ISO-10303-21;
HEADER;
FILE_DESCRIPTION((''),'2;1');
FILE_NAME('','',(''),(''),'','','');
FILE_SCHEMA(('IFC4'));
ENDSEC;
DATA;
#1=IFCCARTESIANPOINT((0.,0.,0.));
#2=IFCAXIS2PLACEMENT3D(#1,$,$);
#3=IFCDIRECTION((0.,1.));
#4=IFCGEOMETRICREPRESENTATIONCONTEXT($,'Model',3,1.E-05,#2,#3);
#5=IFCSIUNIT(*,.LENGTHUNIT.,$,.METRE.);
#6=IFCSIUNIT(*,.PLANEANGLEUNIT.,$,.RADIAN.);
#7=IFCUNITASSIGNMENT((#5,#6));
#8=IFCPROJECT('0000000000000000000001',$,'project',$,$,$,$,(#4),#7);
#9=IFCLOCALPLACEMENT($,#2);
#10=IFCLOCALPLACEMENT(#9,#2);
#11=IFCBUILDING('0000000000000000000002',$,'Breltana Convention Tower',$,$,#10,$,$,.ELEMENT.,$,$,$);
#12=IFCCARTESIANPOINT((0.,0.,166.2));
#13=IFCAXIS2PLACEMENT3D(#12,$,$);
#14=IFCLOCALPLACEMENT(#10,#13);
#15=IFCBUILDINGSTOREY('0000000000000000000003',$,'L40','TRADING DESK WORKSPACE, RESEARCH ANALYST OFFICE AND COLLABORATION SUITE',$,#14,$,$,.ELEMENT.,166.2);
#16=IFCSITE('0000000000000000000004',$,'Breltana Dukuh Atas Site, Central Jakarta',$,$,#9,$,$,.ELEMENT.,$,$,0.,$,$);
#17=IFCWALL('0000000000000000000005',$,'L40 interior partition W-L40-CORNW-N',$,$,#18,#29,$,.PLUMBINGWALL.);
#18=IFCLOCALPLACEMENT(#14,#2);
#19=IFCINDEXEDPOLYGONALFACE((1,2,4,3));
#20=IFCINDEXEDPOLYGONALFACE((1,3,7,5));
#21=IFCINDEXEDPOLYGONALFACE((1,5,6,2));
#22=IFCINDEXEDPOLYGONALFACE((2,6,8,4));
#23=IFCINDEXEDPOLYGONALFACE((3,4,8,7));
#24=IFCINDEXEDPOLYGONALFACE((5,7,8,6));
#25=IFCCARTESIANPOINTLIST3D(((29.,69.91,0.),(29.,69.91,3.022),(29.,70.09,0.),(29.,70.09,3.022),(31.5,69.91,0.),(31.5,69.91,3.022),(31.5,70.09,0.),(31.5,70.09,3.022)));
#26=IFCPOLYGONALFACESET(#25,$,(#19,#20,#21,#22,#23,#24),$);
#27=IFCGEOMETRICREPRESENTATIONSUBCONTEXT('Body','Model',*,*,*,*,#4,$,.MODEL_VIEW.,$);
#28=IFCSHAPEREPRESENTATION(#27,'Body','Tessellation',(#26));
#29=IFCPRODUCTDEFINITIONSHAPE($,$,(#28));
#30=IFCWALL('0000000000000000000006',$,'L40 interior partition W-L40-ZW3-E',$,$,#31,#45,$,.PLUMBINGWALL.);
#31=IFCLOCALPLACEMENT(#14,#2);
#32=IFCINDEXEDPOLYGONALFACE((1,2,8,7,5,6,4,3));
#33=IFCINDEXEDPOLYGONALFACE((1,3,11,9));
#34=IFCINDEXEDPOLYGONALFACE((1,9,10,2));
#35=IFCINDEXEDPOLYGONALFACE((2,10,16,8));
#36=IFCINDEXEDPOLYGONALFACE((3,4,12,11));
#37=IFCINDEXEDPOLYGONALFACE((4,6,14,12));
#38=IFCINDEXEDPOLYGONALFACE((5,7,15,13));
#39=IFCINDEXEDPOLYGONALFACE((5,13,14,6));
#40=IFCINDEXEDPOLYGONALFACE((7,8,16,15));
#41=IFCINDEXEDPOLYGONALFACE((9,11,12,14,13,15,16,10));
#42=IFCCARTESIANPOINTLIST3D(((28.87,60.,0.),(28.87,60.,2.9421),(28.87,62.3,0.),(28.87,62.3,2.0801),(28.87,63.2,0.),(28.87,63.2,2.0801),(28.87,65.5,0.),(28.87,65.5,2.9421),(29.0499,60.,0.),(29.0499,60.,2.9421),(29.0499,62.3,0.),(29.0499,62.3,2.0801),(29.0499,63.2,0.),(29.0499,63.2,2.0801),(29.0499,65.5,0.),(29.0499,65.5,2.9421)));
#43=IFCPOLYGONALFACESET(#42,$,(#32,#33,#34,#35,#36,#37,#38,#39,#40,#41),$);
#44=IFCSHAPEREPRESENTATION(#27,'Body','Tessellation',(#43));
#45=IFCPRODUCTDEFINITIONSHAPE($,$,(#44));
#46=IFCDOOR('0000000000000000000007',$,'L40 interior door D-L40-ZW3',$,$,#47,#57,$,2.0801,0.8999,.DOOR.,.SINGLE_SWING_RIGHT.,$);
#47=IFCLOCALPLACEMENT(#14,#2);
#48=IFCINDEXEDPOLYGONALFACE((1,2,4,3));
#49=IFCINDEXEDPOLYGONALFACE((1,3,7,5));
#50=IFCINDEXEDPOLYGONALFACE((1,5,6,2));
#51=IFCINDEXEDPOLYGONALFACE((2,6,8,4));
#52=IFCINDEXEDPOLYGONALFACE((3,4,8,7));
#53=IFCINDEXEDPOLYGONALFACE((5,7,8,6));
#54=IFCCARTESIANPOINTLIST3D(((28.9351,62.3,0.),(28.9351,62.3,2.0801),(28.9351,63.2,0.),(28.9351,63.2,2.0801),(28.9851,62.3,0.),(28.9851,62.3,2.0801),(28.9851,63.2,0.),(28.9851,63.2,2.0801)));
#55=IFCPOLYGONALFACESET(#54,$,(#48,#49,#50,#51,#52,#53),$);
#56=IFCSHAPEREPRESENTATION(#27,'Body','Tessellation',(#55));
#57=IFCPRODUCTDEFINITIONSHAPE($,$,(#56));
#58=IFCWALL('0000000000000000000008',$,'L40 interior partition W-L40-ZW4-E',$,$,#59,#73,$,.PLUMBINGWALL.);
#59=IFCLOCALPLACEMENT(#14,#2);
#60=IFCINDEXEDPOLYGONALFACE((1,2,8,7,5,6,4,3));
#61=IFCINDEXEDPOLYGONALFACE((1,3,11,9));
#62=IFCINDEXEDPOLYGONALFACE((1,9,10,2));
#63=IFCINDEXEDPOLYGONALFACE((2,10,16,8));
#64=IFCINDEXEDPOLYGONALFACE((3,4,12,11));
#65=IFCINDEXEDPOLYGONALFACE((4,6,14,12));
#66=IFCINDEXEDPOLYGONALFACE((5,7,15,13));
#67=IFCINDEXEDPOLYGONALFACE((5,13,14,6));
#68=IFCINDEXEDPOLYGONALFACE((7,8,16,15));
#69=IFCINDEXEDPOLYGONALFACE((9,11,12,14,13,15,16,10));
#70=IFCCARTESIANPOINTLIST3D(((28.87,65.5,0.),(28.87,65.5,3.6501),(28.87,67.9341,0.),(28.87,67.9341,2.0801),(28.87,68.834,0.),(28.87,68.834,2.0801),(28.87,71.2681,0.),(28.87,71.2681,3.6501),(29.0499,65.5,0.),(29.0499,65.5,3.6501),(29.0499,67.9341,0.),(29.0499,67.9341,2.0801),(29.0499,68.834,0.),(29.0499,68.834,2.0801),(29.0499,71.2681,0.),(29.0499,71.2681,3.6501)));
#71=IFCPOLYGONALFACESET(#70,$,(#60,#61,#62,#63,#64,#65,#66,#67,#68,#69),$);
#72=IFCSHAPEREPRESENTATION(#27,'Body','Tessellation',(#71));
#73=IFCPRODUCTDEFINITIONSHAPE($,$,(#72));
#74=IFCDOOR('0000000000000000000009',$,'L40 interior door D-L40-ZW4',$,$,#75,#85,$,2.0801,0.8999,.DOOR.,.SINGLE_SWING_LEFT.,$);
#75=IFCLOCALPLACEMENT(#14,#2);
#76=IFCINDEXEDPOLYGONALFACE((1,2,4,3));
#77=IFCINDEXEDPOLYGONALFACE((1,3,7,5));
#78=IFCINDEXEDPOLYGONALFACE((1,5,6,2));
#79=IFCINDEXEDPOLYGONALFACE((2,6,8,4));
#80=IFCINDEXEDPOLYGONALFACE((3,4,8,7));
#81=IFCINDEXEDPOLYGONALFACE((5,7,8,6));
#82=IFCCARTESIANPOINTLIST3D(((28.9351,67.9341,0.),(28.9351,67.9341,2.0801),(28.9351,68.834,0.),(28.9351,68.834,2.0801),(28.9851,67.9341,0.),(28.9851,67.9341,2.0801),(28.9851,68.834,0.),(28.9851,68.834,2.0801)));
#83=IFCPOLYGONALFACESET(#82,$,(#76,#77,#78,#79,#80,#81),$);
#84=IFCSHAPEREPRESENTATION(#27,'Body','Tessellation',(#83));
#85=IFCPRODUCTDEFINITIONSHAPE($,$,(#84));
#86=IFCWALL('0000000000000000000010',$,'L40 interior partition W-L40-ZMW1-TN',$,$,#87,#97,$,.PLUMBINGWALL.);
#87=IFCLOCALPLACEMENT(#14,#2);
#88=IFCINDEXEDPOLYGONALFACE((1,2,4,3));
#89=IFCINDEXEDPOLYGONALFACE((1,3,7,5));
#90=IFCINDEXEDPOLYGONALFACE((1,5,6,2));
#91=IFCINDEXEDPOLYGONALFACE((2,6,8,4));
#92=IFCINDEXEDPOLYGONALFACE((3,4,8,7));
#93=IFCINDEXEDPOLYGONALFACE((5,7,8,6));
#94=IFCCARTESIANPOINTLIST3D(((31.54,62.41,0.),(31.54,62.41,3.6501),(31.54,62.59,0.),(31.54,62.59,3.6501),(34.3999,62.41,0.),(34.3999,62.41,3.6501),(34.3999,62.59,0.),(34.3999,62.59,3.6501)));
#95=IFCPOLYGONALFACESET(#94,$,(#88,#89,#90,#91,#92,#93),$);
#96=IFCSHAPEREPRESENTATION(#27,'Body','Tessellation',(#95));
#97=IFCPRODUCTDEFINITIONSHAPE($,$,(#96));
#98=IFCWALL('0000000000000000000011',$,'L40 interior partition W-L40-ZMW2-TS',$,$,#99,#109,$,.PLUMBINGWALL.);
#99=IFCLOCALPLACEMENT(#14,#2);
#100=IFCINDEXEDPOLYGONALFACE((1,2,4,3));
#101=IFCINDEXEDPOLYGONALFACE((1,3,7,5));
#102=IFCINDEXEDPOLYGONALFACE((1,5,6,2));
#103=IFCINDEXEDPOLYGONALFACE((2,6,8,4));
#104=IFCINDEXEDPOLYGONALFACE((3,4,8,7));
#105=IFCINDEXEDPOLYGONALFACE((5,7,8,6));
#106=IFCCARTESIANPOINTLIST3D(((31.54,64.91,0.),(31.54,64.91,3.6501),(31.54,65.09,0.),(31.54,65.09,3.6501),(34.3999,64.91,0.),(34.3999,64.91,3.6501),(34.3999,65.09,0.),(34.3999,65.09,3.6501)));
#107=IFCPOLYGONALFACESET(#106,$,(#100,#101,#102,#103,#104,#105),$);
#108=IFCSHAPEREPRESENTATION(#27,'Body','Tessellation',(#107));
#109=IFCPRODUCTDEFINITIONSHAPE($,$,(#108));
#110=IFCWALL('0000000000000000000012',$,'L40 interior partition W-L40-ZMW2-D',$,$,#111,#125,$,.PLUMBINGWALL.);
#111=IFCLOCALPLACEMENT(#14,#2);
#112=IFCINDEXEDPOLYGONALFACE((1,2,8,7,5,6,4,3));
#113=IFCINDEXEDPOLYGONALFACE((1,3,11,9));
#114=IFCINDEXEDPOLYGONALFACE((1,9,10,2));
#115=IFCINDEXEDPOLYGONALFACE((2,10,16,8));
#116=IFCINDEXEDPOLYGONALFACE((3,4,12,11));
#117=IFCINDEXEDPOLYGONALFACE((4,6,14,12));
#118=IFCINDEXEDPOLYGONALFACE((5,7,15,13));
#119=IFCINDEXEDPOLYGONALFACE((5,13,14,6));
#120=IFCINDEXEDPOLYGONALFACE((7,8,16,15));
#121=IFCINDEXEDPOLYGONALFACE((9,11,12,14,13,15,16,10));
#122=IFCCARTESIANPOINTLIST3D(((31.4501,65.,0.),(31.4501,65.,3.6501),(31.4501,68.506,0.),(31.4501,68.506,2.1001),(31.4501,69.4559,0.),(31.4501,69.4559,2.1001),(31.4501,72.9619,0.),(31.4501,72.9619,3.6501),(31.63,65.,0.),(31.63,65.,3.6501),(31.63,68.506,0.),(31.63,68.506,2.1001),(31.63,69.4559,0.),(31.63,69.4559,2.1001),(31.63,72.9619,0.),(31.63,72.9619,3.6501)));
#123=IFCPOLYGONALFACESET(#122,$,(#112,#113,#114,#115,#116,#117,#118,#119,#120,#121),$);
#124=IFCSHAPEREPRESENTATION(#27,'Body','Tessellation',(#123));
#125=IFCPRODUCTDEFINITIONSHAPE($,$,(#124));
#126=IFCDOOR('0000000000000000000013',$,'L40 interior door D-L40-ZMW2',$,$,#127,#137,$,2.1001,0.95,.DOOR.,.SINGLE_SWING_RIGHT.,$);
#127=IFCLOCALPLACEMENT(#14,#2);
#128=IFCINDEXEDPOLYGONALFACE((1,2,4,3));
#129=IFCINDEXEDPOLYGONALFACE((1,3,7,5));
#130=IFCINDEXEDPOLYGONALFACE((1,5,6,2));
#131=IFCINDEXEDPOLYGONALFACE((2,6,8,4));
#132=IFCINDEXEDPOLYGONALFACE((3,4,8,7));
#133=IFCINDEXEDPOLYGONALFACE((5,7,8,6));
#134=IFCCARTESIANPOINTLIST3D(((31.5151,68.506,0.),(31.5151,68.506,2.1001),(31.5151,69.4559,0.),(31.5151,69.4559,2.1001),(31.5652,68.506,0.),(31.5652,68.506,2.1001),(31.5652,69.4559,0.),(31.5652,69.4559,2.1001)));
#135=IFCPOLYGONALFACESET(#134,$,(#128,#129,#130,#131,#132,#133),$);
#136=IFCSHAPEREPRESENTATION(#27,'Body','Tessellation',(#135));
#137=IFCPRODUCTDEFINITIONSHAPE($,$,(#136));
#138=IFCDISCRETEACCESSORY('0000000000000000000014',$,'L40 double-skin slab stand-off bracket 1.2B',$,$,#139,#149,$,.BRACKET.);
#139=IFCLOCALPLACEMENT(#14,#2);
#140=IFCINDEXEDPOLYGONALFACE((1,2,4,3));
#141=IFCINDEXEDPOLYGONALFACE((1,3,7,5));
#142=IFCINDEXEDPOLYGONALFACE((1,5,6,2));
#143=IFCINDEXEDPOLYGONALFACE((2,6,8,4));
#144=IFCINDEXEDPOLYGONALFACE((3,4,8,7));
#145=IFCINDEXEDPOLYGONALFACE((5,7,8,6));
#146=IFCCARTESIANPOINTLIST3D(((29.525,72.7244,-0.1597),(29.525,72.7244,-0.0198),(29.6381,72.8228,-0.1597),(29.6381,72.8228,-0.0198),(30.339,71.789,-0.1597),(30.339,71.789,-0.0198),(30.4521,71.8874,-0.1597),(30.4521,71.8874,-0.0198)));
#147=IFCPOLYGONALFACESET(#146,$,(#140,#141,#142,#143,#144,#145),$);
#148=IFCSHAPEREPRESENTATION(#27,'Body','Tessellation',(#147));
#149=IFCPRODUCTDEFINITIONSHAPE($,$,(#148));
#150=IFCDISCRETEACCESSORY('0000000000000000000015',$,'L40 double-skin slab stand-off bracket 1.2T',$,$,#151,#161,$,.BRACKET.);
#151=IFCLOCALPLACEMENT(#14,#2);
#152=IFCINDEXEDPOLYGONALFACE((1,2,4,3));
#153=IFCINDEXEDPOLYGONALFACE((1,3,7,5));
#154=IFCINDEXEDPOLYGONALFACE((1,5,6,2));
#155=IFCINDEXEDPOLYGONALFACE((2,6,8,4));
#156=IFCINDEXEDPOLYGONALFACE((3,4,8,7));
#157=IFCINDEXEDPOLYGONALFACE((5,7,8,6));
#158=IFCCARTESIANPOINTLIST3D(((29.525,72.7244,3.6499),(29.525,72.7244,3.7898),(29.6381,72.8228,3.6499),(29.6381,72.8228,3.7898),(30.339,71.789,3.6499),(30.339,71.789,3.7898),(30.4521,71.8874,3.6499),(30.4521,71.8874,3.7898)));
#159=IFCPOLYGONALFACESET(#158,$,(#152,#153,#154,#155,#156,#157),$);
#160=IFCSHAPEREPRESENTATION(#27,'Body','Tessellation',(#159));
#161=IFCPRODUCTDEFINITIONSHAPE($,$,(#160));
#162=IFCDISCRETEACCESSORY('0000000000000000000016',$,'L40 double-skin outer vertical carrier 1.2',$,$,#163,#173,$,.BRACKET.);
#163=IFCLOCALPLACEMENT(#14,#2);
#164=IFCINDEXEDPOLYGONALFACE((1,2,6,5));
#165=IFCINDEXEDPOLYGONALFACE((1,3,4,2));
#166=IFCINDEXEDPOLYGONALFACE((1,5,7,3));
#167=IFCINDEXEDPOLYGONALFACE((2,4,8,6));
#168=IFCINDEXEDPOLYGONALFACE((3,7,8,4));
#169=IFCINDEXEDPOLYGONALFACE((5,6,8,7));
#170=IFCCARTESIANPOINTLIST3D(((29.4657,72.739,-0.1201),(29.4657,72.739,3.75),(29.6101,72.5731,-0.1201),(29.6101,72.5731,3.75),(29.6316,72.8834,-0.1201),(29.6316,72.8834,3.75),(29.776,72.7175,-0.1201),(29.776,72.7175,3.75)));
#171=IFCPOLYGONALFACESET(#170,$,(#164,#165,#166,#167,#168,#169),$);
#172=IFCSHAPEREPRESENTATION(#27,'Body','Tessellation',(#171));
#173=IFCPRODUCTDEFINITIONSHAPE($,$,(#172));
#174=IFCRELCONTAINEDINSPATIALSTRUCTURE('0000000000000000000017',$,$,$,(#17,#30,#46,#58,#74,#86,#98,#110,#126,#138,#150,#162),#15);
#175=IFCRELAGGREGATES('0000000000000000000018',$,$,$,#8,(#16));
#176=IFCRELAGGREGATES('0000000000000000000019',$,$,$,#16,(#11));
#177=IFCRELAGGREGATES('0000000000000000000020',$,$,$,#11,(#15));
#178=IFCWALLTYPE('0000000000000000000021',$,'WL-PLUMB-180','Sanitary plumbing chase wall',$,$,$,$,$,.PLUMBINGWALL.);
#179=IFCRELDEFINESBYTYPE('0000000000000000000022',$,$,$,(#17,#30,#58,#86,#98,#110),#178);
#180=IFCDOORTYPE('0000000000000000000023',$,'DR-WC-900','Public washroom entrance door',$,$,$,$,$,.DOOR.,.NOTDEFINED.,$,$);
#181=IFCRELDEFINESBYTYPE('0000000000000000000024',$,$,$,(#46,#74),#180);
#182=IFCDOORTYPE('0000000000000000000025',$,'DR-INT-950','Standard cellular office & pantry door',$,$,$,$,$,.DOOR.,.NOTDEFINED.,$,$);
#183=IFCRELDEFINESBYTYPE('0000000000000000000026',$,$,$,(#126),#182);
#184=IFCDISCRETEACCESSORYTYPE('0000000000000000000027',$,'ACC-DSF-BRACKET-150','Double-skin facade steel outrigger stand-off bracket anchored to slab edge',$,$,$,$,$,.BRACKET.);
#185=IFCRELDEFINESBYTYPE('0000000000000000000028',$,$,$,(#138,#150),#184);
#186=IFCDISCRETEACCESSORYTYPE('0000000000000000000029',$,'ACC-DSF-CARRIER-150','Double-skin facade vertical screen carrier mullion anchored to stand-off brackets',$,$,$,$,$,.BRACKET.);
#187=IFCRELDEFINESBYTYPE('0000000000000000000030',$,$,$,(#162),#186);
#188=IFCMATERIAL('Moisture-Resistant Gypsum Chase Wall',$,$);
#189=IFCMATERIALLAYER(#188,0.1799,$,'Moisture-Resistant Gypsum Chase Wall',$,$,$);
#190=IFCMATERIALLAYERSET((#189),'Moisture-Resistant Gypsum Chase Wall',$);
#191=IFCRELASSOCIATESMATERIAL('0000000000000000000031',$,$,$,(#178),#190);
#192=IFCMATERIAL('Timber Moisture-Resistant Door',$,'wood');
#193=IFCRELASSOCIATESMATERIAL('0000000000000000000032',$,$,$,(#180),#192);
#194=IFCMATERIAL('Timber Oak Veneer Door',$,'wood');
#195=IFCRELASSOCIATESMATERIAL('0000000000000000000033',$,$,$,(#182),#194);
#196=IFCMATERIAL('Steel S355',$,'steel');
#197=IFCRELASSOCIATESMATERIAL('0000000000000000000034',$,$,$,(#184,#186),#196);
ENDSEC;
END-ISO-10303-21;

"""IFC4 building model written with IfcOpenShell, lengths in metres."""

from ifc_helpers import new_model, si_unit, direction, frame, frame_2d, origin, origin_2d, place, context, subcontext, project, spatial, rectangle, extrude, source, transform, mapped, material, layer, layer_set, type_object, type_shapes, element, fill, save


model = new_model("IFC4")

# Units and contexts
model_context = context("Model", 3, precision=1e-05, world=origin(), true_north=direction((0.0, 1.0)))
body_context = subcontext(model_context, "Body", "Model", "MODEL_VIEW")
ifc_project = project(units=[si_unit("LENGTHUNIT", "METRE"), si_unit("PLANEANGLEUNIT", "RADIAN")], contexts=[model_context])

# Site, building, storey
site_placement = place(None, origin())
site = spatial("IfcSite", under=ifc_project, at=site_placement, Name="Breltana Dukuh Atas Site, Central Jakarta", CompositionType="ELEMENT", RefElevation=0.0)
building_placement = place(site_placement, origin())
building = spatial("IfcBuilding", under=site, at=building_placement, Name="Breltana Convention Tower", CompositionType="ELEMENT")
storey_placement = place(building_placement, frame((0.0, 0.0, 166.2)))
storey = spatial("IfcBuildingStorey", under=building, at=storey_placement, Name="L40", Description="TRADING DESK WORKSPACE, RESEARCH ANALYST OFFICE AND COLLABORATION SUITE", CompositionType="ELEMENT", Elevation=166.2)

# Wall
ifc_material_1 = material(Name="Moisture-Resistant Gypsum Chase Wall")
ifc_layer_1 = layer(ifc_material_1, 0.1799, Name="Moisture-Resistant Gypsum Chase Wall")
ifc_layer_set_1 = layer_set([ifc_layer_1], Name="Moisture-Resistant Gypsum Chase Wall")
wall_type_1 = type_object("IfcWallType", Name="WL-PLUMB-180", Description="Sanitary plumbing chase wall", PredefinedType="PLUMBINGWALL", material=ifc_layer_set_1)
shared_shape_1 = source(origin(), body_context, "Body", "SweptSolid", [
    extrude(rectangle(XDim=2.5, YDim=0.1799, at=frame_2d((1.25, 0.0))), origin(), (0.0, 0.0, 1.0), 3.022),
])
wall_1_placement = place(storey_placement, frame((29.0, 70.0, 0.0), z_axis=(0.0, 0.0, 1.0), x_axis=(1.0, 0.0, 0.0)))
element("IfcWall", 1, at=wall_1_placement, inside=storey, type_object=wall_type_1, Name="L40 interior partition W-L40-CORNW-N", PredefinedType="PLUMBINGWALL", context=body_context, shape_type="MappedRepresentation", body=[
    mapped(shared_shape_1, transform((0.0, 0.0, 0.0), scale=1.0)),
])

# Walls, openings, doors
shared_shape_2 = source(origin(), body_context, "Body", "SweptSolid", [
    extrude(rectangle(XDim=5.5, YDim=0.1799, at=frame_2d((2.75, 0.0))), origin(), (0.0, 0.0, 1.0), 2.9421),
])
wall_2_placement = place(storey_placement, frame((28.96, 60.0, 0.0), z_axis=(0.0, 0.0, 1.0), x_axis=(0.0, 1.0, 0.0)))
wall_2 = element("IfcWall", 2, at=wall_2_placement, inside=storey, type_object=wall_type_1, Name="L40 interior partition W-L40-ZW3-E", PredefinedType="PLUMBINGWALL", context=body_context, shape_type="MappedRepresentation", body=[
    mapped(shared_shape_2, transform((0.0, 0.0, 0.0), scale=1.0)),
])
opening_1_placement = place(wall_2_placement, frame((2.3, 0.0, 0.0)))
opening_1 = element("IfcOpeningElement", 3, at=opening_1_placement, cuts=wall_2, PredefinedType="OPENING", context=body_context, shape_type="SweptSolid", body=[
    extrude(rectangle(XDim=0.8999, YDim=2.0801, at=frame_2d((0.45, 1.04))), frame((0.0, 0.1001, 0.0), z_axis=(0.0, -1.0, 0.0), x_axis=(1.0, 0.0, 0.0)), (0.0, 0.0, 1.0), 0.2),
])
ifc_material_2 = material(Name="Timber Moisture-Resistant Door", Category="wood")
door_type_1 = type_object("IfcDoorType", Name="DR-WC-900", Description="Public washroom entrance door", OperationType="NOTDEFINED", PredefinedType="DOOR", material=ifc_material_2)
shared_shape_3 = source(origin(), body_context, "Body", "SweptSolid", [
    extrude(rectangle(XDim=0.8999, YDim=2.0801, at=frame_2d((0.45, 1.04))), frame((0.0, 0.0249, 0.0), z_axis=(0.0, -1.0, 0.0), x_axis=(1.0, 0.0, 0.0)), (0.0, 0.0, 1.0), 0.05),
])
type_shapes(door_type_1, [shared_shape_3])
door_1_placement = place(opening_1_placement, origin())
door_1 = element("IfcDoor", 4, at=door_1_placement, inside=storey, type_object=door_type_1, Name="L40 interior door D-L40-ZW3", OperationType="SINGLE_SWING_RIGHT", OverallHeight=2.0801, OverallWidth=0.8999, PredefinedType="DOOR", context=body_context, shape_type="MappedRepresentation", body=[
    mapped(shared_shape_3, transform((0.0, 0.0, 0.0), scale=1.0)),
])
fill(opening_1, door_1)
shared_shape_4 = source(origin(), body_context, "Body", "SweptSolid", [
    extrude(rectangle(XDim=5.7681, YDim=0.1799, at=frame_2d((2.884, 0.0))), origin(), (0.0, 0.0, 1.0), 3.6501),
])
wall_3_placement = place(storey_placement, frame((28.96, 65.5, 0.0), z_axis=(0.0, 0.0, 1.0), x_axis=(0.0, 1.0, 0.0)))
wall_3 = element("IfcWall", 5, at=wall_3_placement, inside=storey, type_object=wall_type_1, Name="L40 interior partition W-L40-ZW4-E", PredefinedType="PLUMBINGWALL", context=body_context, shape_type="MappedRepresentation", body=[
    mapped(shared_shape_4, transform((0.0, 0.0, 0.0), scale=1.0)),
])
opening_2_placement = place(wall_3_placement, frame((2.4341, 0.0, 0.0)))
opening_2 = element("IfcOpeningElement", 6, at=opening_2_placement, cuts=wall_3, PredefinedType="OPENING", context=body_context, shape_type="SweptSolid", body=[
    extrude(rectangle(XDim=0.8999, YDim=2.0801, at=frame_2d((0.45, 1.04))), frame((0.0, 0.1001, 0.0), z_axis=(0.0, -1.0, 0.0), x_axis=(1.0, 0.0, 0.0)), (0.0, 0.0, 1.0), 0.2),
])
door_2_placement = place(opening_2_placement, origin())
door_2 = element("IfcDoor", 7, at=door_2_placement, inside=storey, type_object=door_type_1, Name="L40 interior door D-L40-ZW4", OperationType="SINGLE_SWING_LEFT", OverallHeight=2.0801, OverallWidth=0.8999, PredefinedType="DOOR", context=body_context, shape_type="MappedRepresentation", body=[
    mapped(shared_shape_3, transform((0.0, 0.0, 0.0), scale=1.0)),
])
fill(opening_2, door_2)

# Walls
shared_shape_5 = source(origin(), body_context, "Body", "SweptSolid", [
    extrude(rectangle(XDim=2.8599, YDim=0.1799, at=frame_2d((1.4299, 0.0))), origin(), (0.0, 0.0, 1.0), 3.6501),
])
for number, where, z_axis, x_axis, name in (
    (8, (31.54, 62.5, 0.0), (0.0, 0.0, 1.0), (1.0, 0.0, 0.0), "L40 interior partition W-L40-ZMW1-TN"),
    (9, (31.54, 65.0, 0.0), (0.0, 0.0, 1.0), (1.0, 0.0, 0.0), "L40 interior partition W-L40-ZMW2-TS"),
):
    element("IfcWall", number, at=place(storey_placement, frame(where, z_axis=z_axis, x_axis=x_axis)), inside=storey, type_object=wall_type_1, Name=name, PredefinedType="PLUMBINGWALL", context=body_context, shape_type="MappedRepresentation", body=[
        mapped(shared_shape_5, transform((0.0, 0.0, 0.0), scale=1.0)),
    ])

# Wall, opening, door
shared_shape_6 = source(origin(), body_context, "Body", "SweptSolid", [
    extrude(rectangle(XDim=7.9619, YDim=0.1799, at=frame_2d((3.981, 0.0))), origin(), (0.0, 0.0, 1.0), 3.6501),
])
wall_4_placement = place(storey_placement, frame((31.54, 65.0, 0.0), z_axis=(0.0, 0.0, 1.0), x_axis=(0.0, 1.0, 0.0)))
wall_4 = element("IfcWall", 10, at=wall_4_placement, inside=storey, type_object=wall_type_1, Name="L40 interior partition W-L40-ZMW2-D", PredefinedType="PLUMBINGWALL", context=body_context, shape_type="MappedRepresentation", body=[
    mapped(shared_shape_6, transform((0.0, 0.0, 0.0), scale=1.0)),
])
opening_3_placement = place(wall_4_placement, frame((3.5059, 0.0, 0.0)))
opening_3 = element("IfcOpeningElement", 11, at=opening_3_placement, cuts=wall_4, PredefinedType="OPENING", context=body_context, shape_type="SweptSolid", body=[
    extrude(rectangle(XDim=0.95, YDim=2.1001, at=frame_2d((0.4751, 1.05))), frame((0.0, 0.1001, 0.0), z_axis=(0.0, -1.0, 0.0), x_axis=(1.0, 0.0, 0.0)), (0.0, 0.0, 1.0), 0.2),
])
ifc_material_3 = material(Name="Timber Oak Veneer Door", Category="wood")
door_type_2 = type_object("IfcDoorType", Name="DR-INT-950", Description="Standard cellular office & pantry door", OperationType="NOTDEFINED", PredefinedType="DOOR", material=ifc_material_3)
shared_shape_7 = source(origin(), body_context, "Body", "SweptSolid", [
    extrude(rectangle(XDim=0.95, YDim=2.1001, at=frame_2d((0.4751, 1.05))), frame((0.0, 0.0249, 0.0), z_axis=(0.0, -1.0, 0.0), x_axis=(1.0, 0.0, 0.0)), (0.0, 0.0, 1.0), 0.05),
])
type_shapes(door_type_2, [shared_shape_7])
door_3_placement = place(opening_3_placement, origin())
door_3 = element("IfcDoor", 12, at=door_3_placement, inside=storey, type_object=door_type_2, Name="L40 interior door D-L40-ZMW2", OperationType="SINGLE_SWING_RIGHT", OverallHeight=2.1001, OverallWidth=0.95, PredefinedType="DOOR", context=body_context, shape_type="MappedRepresentation", body=[
    mapped(shared_shape_7, transform((0.0, 0.0, 0.0), scale=1.0)),
])
fill(opening_3, door_3)

# Discrete accessories
ifc_material_4 = material(Name="Steel S355", Category="steel")
discrete_accessory_type_1 = type_object("IfcDiscreteAccessoryType", Name="ACC-DSF-BRACKET-150", Description="Double-skin facade steel outrigger stand-off bracket anchored to slab edge", PredefinedType="BRACKET", material=ifc_material_4)
shared_shape_8 = source(origin(), body_context, "Body", "SweptSolid", [
    extrude(rectangle(XDim=1.24, YDim=0.1499, at=origin_2d()), origin(), (0.0, 0.0, 1.0), 0.1399),
])
type_shapes(discrete_accessory_type_1, [shared_shape_8])
for number, where, z_axis, x_axis, name in (
    (13, (29.9885, 72.3059, -0.1597), (0.0, 0.0, 1.0), (-0.656456, 0.754365, 0.0), "L40 double-skin slab stand-off bracket 1.2B"),
    (14, (29.9885, 72.3059, 3.6499), (0.0, 0.0, 1.0), (-0.656456, 0.754365, 0.0), "L40 double-skin slab stand-off bracket 1.2T"),
):
    element("IfcDiscreteAccessory", number, at=place(storey_placement, frame(where, z_axis=z_axis, x_axis=x_axis)), inside=storey, type_object=discrete_accessory_type_1, Name=name, PredefinedType="BRACKET", context=body_context, shape_type="MappedRepresentation", body=[
        mapped(shared_shape_8, transform((0.0, 0.0, 0.0), scale=1.0)),
    ])
discrete_accessory_type_2 = type_object("IfcDiscreteAccessoryType", Name="ACC-DSF-CARRIER-150", Description="Double-skin facade vertical screen carrier mullion anchored to stand-off brackets", PredefinedType="BRACKET", material=ifc_material_4)
shared_shape_9 = source(origin(), body_context, "Body", "SweptSolid", [
    extrude(rectangle(XDim=0.22, YDim=0.22, at=origin_2d()), origin(), (0.0, 0.0, 1.0), 3.8701),
])
discrete_accessory_placement = place(storey_placement, frame((29.6208, 72.7283, -0.1201), z_axis=(0.0, 0.0, 1.0), x_axis=(-0.656456, 0.754365, 0.0)))
element("IfcDiscreteAccessory", 15, at=discrete_accessory_placement, inside=storey, type_object=discrete_accessory_type_2, Name="L40 double-skin outer vertical carrier 1.2", PredefinedType="BRACKET", context=body_context, shape_type="MappedRepresentation", body=[
    mapped(shared_shape_9, transform((0.0, 0.0, 0.0), scale=1.0)),
])

save(model, "model.ifc")
